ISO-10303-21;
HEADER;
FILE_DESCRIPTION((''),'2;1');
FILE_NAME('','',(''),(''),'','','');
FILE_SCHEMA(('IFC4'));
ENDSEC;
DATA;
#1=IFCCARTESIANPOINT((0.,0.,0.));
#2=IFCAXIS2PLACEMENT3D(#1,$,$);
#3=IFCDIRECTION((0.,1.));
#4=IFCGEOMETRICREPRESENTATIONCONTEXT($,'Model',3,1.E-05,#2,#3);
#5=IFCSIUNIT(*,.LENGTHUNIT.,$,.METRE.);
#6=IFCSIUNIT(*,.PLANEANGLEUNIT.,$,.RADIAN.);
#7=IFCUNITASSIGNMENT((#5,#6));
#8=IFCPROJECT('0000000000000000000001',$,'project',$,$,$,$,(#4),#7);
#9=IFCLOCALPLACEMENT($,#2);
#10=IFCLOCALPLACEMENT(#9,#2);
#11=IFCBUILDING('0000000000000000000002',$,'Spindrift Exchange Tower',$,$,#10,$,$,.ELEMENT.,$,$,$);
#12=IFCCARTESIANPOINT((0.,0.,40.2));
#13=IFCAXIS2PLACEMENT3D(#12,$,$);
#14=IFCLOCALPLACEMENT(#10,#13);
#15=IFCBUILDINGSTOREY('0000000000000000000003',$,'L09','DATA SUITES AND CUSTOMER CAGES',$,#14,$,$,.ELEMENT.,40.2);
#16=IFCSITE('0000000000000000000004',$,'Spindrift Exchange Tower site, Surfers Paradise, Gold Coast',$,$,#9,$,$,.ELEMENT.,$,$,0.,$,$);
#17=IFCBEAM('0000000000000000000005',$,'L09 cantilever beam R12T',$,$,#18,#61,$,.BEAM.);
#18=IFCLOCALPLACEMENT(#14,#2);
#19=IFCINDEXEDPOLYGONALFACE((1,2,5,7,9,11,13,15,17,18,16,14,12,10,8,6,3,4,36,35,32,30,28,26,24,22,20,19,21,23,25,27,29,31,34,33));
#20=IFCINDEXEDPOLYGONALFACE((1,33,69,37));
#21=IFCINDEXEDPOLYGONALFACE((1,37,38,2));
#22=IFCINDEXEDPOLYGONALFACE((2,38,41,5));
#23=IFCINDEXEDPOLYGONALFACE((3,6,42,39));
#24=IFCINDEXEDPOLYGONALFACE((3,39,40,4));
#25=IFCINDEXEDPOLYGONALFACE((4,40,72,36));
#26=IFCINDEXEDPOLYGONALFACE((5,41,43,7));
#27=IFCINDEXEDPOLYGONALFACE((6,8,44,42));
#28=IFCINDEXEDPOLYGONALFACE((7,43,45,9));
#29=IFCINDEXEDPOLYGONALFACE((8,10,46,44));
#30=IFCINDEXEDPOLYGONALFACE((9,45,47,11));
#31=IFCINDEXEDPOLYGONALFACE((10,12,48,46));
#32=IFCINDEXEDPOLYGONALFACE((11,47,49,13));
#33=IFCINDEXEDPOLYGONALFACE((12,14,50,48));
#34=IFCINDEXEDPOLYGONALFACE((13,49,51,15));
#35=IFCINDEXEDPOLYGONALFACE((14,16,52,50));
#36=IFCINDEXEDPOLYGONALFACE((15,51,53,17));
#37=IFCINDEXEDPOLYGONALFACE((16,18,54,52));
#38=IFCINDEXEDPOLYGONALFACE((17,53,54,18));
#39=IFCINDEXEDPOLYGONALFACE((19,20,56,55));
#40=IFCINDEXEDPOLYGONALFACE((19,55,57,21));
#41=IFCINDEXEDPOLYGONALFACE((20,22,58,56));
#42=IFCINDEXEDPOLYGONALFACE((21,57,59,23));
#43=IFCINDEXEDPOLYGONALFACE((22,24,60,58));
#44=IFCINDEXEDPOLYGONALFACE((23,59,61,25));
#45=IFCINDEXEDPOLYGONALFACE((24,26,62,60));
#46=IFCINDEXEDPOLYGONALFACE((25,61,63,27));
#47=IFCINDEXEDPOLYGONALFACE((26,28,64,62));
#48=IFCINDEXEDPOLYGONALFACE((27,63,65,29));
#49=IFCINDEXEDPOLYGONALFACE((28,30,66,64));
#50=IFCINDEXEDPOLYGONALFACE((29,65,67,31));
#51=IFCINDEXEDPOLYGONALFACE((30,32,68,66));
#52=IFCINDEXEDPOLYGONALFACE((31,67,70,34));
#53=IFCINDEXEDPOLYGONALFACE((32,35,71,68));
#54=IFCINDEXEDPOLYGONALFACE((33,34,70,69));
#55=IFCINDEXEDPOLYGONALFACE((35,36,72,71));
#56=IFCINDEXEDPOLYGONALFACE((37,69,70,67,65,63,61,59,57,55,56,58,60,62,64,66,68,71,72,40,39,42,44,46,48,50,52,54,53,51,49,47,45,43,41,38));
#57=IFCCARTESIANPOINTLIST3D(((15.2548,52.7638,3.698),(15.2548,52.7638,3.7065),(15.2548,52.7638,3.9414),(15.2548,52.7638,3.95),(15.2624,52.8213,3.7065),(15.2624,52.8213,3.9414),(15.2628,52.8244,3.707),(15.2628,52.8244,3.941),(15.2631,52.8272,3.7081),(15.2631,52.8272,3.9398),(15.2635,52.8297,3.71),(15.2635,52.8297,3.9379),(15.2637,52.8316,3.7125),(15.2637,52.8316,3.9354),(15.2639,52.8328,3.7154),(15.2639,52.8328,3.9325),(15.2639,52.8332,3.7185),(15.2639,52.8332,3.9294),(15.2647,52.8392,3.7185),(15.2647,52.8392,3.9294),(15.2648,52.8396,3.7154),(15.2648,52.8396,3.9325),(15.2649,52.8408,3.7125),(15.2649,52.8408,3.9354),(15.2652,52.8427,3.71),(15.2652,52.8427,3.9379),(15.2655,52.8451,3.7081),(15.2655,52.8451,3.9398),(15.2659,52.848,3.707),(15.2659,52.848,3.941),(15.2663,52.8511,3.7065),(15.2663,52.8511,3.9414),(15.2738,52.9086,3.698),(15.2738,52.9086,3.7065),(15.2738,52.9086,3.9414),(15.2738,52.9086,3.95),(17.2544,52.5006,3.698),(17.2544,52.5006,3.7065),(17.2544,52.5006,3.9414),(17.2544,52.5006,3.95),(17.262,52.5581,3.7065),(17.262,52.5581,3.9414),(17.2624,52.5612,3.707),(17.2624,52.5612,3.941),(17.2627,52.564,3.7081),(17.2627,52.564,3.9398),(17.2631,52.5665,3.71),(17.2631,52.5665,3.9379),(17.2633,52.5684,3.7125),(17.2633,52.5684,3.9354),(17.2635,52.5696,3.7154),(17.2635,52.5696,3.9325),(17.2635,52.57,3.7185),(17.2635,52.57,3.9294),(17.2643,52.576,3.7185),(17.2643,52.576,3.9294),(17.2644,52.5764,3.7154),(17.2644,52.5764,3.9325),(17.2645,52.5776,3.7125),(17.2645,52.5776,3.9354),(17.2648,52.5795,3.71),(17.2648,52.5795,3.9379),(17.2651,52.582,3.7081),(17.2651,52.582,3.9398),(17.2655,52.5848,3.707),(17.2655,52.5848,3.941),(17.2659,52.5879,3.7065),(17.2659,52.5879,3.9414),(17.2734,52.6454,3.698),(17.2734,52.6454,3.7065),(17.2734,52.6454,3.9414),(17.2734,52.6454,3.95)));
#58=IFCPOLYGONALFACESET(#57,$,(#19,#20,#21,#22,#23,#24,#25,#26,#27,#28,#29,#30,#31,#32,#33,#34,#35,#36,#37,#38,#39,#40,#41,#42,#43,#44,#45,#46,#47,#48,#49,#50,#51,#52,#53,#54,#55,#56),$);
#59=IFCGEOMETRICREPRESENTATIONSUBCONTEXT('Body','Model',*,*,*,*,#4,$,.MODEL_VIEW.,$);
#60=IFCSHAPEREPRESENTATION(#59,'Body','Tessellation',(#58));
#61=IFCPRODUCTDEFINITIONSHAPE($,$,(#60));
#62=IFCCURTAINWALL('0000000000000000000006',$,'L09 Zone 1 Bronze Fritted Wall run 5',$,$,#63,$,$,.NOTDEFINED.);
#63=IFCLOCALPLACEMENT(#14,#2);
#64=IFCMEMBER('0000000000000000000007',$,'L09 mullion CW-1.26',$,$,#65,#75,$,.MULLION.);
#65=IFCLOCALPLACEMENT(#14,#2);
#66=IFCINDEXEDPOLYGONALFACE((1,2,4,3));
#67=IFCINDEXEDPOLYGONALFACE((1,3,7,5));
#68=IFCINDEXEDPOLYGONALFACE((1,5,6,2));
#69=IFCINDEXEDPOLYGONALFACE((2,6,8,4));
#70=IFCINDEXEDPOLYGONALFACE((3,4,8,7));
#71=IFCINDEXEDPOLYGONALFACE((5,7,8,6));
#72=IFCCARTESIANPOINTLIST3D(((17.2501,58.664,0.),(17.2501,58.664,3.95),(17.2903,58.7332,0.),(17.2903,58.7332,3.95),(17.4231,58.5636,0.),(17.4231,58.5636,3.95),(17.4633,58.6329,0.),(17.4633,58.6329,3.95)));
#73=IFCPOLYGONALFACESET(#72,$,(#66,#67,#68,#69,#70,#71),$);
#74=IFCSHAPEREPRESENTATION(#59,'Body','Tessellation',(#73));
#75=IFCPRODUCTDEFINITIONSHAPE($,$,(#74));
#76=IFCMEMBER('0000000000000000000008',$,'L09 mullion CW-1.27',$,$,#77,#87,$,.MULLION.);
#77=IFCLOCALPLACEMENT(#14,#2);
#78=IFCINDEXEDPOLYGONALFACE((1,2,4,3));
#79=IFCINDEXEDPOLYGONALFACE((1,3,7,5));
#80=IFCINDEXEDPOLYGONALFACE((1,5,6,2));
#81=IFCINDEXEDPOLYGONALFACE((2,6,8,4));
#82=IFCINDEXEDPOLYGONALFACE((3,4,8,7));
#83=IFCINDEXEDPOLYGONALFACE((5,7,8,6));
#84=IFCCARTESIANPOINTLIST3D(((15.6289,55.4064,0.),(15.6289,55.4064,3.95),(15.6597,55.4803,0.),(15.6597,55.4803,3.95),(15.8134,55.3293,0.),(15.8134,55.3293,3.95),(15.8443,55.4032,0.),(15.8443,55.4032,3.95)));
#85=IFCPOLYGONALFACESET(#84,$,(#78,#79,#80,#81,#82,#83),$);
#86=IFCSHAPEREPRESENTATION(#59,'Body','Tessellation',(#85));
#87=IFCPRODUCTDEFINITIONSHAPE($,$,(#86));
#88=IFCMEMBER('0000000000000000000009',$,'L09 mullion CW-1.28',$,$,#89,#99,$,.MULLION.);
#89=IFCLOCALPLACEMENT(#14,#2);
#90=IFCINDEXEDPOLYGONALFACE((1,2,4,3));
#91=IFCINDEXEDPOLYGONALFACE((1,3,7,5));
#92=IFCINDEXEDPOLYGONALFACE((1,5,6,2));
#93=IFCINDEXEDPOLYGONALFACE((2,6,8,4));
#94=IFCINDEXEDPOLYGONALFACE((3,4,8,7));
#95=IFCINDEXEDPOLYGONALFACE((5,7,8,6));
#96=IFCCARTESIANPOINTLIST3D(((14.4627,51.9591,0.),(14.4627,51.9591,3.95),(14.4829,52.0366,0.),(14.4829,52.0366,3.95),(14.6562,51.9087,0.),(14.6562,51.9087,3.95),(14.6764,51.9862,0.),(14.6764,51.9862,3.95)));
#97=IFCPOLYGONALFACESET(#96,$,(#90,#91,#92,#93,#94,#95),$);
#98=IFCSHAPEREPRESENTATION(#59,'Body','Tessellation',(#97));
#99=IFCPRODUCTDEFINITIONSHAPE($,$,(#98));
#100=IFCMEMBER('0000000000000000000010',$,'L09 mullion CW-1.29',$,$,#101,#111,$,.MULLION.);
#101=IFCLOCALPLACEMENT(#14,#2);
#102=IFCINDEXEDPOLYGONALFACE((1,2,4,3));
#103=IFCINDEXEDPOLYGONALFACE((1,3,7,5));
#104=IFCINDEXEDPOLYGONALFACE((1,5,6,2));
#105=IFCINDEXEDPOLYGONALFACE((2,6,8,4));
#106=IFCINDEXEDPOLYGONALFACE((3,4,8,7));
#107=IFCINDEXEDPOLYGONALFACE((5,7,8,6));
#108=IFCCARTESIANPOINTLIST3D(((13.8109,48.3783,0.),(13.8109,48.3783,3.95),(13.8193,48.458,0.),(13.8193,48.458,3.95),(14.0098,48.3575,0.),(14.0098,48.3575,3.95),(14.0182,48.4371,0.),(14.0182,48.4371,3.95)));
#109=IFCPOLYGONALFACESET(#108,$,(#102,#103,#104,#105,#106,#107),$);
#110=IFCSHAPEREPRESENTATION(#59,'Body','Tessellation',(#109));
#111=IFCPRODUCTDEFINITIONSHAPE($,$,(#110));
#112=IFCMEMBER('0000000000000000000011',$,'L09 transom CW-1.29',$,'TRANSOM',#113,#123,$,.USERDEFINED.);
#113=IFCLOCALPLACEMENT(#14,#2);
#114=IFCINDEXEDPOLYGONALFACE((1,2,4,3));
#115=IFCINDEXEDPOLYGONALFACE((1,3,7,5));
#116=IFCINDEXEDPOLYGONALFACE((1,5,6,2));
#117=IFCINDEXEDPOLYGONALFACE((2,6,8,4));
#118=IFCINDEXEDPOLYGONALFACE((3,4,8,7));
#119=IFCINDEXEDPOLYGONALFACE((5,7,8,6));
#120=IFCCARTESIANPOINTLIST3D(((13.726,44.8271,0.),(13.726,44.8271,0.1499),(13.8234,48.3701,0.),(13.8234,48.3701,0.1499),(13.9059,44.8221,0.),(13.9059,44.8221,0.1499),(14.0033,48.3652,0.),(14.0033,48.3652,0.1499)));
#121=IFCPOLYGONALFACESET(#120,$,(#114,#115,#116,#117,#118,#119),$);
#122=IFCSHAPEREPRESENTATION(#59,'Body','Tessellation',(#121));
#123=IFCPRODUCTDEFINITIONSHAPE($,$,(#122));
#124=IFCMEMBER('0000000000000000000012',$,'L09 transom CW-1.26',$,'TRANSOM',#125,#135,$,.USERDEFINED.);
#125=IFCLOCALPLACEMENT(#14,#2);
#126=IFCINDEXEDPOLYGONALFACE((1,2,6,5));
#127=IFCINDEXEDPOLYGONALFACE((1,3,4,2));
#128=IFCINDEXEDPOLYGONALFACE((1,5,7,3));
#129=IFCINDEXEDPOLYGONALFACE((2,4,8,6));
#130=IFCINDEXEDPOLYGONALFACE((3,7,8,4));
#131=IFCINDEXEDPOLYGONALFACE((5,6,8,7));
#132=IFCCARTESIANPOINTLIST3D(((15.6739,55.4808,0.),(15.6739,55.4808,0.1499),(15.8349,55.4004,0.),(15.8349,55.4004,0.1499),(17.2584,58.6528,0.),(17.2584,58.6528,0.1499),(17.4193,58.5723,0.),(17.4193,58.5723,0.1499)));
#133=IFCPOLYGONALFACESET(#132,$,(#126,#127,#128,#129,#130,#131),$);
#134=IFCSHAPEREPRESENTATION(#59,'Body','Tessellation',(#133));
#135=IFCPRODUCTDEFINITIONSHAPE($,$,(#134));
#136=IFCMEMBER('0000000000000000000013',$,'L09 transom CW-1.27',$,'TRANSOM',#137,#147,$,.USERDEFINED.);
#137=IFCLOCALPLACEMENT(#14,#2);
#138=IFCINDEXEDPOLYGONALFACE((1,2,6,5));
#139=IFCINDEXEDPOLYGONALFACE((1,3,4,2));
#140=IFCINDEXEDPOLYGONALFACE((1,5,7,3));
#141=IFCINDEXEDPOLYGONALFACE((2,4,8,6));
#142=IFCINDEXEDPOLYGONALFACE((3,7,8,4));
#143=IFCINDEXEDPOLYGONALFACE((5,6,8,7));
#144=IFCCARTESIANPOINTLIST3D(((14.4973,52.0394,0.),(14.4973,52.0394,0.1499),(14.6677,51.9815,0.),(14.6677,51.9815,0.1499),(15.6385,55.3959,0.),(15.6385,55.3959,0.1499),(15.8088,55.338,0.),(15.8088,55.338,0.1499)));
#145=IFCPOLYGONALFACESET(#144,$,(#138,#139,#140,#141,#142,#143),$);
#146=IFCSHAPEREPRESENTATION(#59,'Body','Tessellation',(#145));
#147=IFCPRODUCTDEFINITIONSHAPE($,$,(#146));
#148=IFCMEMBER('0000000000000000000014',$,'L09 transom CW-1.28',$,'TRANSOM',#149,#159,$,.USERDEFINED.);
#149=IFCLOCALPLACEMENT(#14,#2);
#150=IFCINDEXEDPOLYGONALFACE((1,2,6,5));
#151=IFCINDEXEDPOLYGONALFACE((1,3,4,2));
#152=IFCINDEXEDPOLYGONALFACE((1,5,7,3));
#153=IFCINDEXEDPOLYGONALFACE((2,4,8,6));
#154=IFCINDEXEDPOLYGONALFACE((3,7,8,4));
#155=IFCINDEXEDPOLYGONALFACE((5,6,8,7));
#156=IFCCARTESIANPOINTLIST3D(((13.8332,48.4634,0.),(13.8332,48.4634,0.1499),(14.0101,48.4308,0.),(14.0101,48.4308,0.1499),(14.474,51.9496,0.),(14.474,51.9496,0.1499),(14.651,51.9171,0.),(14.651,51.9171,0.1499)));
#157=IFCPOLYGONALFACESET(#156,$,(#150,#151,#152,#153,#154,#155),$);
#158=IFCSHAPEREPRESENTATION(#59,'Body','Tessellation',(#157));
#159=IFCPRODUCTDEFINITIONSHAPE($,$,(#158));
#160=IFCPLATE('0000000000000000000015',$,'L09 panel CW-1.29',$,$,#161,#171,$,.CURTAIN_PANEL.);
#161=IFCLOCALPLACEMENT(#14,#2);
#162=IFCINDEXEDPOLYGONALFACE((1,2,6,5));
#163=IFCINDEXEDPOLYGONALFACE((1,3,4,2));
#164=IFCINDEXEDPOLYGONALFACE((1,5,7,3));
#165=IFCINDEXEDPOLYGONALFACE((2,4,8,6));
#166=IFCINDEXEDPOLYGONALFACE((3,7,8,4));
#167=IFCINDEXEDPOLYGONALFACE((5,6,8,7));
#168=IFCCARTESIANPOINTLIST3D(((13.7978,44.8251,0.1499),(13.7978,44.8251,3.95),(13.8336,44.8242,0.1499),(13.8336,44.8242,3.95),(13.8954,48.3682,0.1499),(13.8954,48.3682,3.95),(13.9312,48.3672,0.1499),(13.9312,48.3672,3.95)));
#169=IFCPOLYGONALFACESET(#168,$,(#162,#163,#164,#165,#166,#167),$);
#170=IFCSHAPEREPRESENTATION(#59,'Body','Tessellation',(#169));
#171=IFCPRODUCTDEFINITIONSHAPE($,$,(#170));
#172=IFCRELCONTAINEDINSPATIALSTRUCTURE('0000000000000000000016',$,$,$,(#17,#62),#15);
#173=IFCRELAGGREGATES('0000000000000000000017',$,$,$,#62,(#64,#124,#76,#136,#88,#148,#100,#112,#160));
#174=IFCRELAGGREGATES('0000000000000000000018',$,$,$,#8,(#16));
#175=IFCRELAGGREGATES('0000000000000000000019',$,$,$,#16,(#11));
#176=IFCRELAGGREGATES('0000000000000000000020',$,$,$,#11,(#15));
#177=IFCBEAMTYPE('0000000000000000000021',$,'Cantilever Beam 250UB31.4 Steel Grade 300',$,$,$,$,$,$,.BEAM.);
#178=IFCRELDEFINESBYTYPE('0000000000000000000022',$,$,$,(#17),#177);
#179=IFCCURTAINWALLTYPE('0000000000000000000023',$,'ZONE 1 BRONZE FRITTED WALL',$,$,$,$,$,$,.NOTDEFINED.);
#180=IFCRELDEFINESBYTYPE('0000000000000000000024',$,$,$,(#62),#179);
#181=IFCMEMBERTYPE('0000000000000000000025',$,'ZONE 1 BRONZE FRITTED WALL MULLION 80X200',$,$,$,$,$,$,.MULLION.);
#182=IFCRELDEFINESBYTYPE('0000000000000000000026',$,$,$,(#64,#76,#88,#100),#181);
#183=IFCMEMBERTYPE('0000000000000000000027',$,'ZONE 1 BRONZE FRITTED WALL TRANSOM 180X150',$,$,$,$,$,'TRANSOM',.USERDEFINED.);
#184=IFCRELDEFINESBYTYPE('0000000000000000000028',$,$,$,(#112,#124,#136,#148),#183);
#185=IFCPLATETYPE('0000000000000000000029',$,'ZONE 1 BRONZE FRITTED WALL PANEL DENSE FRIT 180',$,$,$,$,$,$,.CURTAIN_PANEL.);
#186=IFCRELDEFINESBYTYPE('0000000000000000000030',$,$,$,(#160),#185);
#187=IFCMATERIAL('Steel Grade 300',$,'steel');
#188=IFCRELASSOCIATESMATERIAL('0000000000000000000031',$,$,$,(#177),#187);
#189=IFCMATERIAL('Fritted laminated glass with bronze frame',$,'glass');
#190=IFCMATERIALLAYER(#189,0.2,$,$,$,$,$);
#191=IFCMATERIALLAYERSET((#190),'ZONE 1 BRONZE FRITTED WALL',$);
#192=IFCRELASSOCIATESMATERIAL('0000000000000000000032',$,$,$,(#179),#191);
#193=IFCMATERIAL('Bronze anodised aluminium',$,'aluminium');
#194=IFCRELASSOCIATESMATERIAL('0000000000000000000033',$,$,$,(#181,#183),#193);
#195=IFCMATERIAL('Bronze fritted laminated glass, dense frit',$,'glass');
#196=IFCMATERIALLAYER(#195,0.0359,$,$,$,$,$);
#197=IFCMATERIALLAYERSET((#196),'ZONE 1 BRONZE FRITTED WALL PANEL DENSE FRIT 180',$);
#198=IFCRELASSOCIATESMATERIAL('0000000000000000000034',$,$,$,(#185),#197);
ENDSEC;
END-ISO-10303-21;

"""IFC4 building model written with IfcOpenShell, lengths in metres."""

from ifc_helpers import new_model, si_unit, direction, frame, origin, origin_2d, place, context, subcontext, project, spatial, rectangle, i_section, extrude, source, transform, mapped, material, layer, layer_set, material_profile, profile_set, type_object, element, aggregate, save


model = new_model("IFC4")

# Units and contexts
model_context = context("Model", 3, precision=1e-05, world=origin(), true_north=direction((0.0, 1.0)))
body_context = subcontext(model_context, "Body", "Model", "MODEL_VIEW")
ifc_project = project(units=[si_unit("LENGTHUNIT", "METRE"), si_unit("PLANEANGLEUNIT", "RADIAN")], contexts=[model_context])

# Site, building, storey
site_placement = place(None, origin())
site = spatial("IfcSite", under=ifc_project, at=site_placement, Name="Spindrift Exchange Tower site, Surfers Paradise, Gold Coast", CompositionType="ELEMENT", RefElevation=0.0)
building_placement = place(site_placement, origin())
building = spatial("IfcBuilding", under=site, at=building_placement, Name="Spindrift Exchange Tower", CompositionType="ELEMENT")
storey_placement = place(building_placement, frame((0.0, 0.0, 40.2)))
storey = spatial("IfcBuildingStorey", under=building, at=storey_placement, Name="L09", Description="DATA SUITES AND CUSTOMER CAGES", CompositionType="ELEMENT", Elevation=40.2)

# Beam
ifc_material_1 = material(Name="Steel Grade 300", Category="steel")
ifc_material_profile_1 = material_profile(ifc_material_1, i_section(OverallWidth=0.146, OverallDepth=0.252, WebThickness=0.0061, FlangeThickness=0.0085, FilletRadius=0.012, at=origin_2d()), Name="250UB31.4")
ifc_profile_set_1 = profile_set([ifc_material_profile_1], Name="Steel Grade 300")
beam_type_1 = type_object("IfcBeamType", Name="Cantilever Beam 250UB31.4 Steel Grade 300", PredefinedType="BEAM", material=ifc_profile_set_1)
shared_shape_1 = source(origin(), body_context, "Body", "SweptSolid", [
    extrude(i_section(OverallWidth=0.146, OverallDepth=0.252, WebThickness=0.0061, FlangeThickness=0.0085, FilletRadius=0.012, at=origin_2d()), origin(), (0.0, 0.0, 1.0), 2.0168),
])
beam_1_placement = place(storey_placement, frame((17.2639, 52.573, 3.824), z_axis=(-0.991449, 0.130498, 0.0), x_axis=(-0.130498, -0.991449, 0.0)))
element("IfcBeam", 1, at=beam_1_placement, inside=storey, type_object=beam_type_1, Name="L09 cantilever beam R12T", PredefinedType="BEAM", context=body_context, shape_type="MappedRepresentation", body=[
    mapped(shared_shape_1, transform((0.0, 0.0, 0.0), scale=1.0)),
])

# Curtain wall, members, plate
ifc_material_2 = material(Name="Fritted laminated glass with bronze frame", Category="glass")
ifc_layer_1 = layer(ifc_material_2, 0.2)
ifc_layer_set_1 = layer_set([ifc_layer_1], Name="ZONE 1 BRONZE FRITTED WALL")
curtain_wall_type = type_object("IfcCurtainWallType", Name="ZONE 1 BRONZE FRITTED WALL", PredefinedType="NOTDEFINED", material=ifc_layer_set_1)
curtain_wall_placement = place(storey_placement, origin())
curtain_wall = element("IfcCurtainWall", 2, at=curtain_wall_placement, inside=storey, type_object=curtain_wall_type, Name="L09 Zone 1 Bronze Fritted Wall run 5", PredefinedType="NOTDEFINED")
ifc_material_3 = material(Name="Bronze anodised aluminium", Category="aluminium")
ifc_material_profile_2 = material_profile(ifc_material_3, rectangle(XDim=0.0801, YDim=0.2, at=origin_2d()), Name="ZONE 1 BRONZE FRITTED WALL MULLION 80X200")
ifc_profile_set_2 = profile_set([ifc_material_profile_2], Name="Bronze anodised aluminium")
member_type_1 = type_object("IfcMemberType", Name="ZONE 1 BRONZE FRITTED WALL MULLION 80X200", PredefinedType="MULLION", material=ifc_profile_set_2)
shared_shape_2 = source(origin(), body_context, "Body", "SweptSolid", [
    extrude(rectangle(XDim=0.0801, YDim=0.2, at=origin_2d()), origin(), (0.0, 0.0, 1.0), 3.95),
])
member_1_placement = place(storey_placement, frame((17.3567, 58.6484, 0.0), z_axis=(0.0, 0.0, 1.0), x_axis=(-0.501746, -0.865015, 0.0)))
member_1 = element("IfcMember", 3, at=member_1_placement, type_object=member_type_1, Name="L09 mullion CW-1.26", PredefinedType="MULLION", context=body_context, shape_type="MappedRepresentation", body=[
    mapped(shared_shape_2, transform((0.0, 0.0, 0.0), scale=1.0)),
])
member_2_placement = place(storey_placement, frame((15.7366, 55.4048, 0.0), z_axis=(0.0, 0.0, 1.0), x_axis=(-0.385261, -0.922808, 0.0)))
member_2 = element("IfcMember", 4, at=member_2_placement, type_object=member_type_1, Name="L09 mullion CW-1.27", PredefinedType="MULLION", context=body_context, shape_type="MappedRepresentation", body=[
    mapped(shared_shape_2, transform((0.0, 0.0, 0.0), scale=1.0)),
])
member_3_placement = place(storey_placement, frame((14.5696, 51.9727, 0.0), z_axis=(0.0, 0.0, 1.0), x_axis=(-0.251979, -0.967733, 0.0)))
member_3 = element("IfcMember", 5, at=member_3_placement, type_object=member_type_1, Name="L09 mullion CW-1.28", PredefinedType="MULLION", context=body_context, shape_type="MappedRepresentation", body=[
    mapped(shared_shape_2, transform((0.0, 0.0, 0.0), scale=1.0)),
])
member_4_placement = place(storey_placement, frame((13.9146, 48.4077, 0.0), z_axis=(0.0, 0.0, 1.0), x_axis=(-0.104458, -0.994529, 0.0)))
member_4 = element("IfcMember", 6, at=member_4_placement, type_object=member_type_1, Name="L09 mullion CW-1.29", PredefinedType="MULLION", context=body_context, shape_type="MappedRepresentation", body=[
    mapped(shared_shape_2, transform((0.0, 0.0, 0.0), scale=1.0)),
])
ifc_material_profile_3 = material_profile(ifc_material_3, rectangle(XDim=0.1799, YDim=0.1499, at=origin_2d()), Name="ZONE 1 BRONZE FRITTED WALL TRANSOM 180X150")
ifc_profile_set_3 = profile_set([ifc_material_profile_3], Name="Bronze anodised aluminium")
member_type_2 = type_object("IfcMemberType", Name="ZONE 1 BRONZE FRITTED WALL TRANSOM 180X150", ElementType="TRANSOM", PredefinedType="USERDEFINED", material=ifc_profile_set_3)
shared_shape_3 = source(origin(), body_context, "Body", "SweptSolid", [
    extrude(rectangle(XDim=0.1799, YDim=0.1499, at=origin_2d()), origin(), (0.0, 0.0, 1.0), 3.5444),
])
member_5_placement = place(storey_placement, frame((13.9133, 48.3677, 0.075), z_axis=(-0.027482, -0.999622, 0.0), x_axis=(0.999622, -0.027482, 0.0)))
member_5 = element("IfcMember", 7, at=member_5_placement, type_object=member_type_2, Name="L09 transom CW-1.29", ObjectType="TRANSOM", PredefinedType="USERDEFINED", context=body_context, shape_type="MappedRepresentation", body=[
    mapped(shared_shape_3, transform((0.0, 0.0, 0.0), scale=1.0)),
])
shared_shape_4 = source(origin(), body_context, "Body", "SweptSolid", [
    extrude(rectangle(XDim=0.1799, YDim=0.1499, at=origin_2d()), origin(), (0.0, 0.0, 1.0), 3.5457),
])
member_6_placement = place(storey_placement, frame((17.3389, 58.6125, 0.075), z_axis=(-0.446883, -0.894592, 0.0), x_axis=(0.894592, -0.446883, 0.0)))
member_6 = element("IfcMember", 8, at=member_6_placement, type_object=member_type_2, Name="L09 transom CW-1.26", ObjectType="TRANSOM", PredefinedType="USERDEFINED", context=body_context, shape_type="MappedRepresentation", body=[
    mapped(shared_shape_4, transform((0.0, 0.0, 0.0), scale=1.0)),
])
shared_shape_5 = source(origin(), body_context, "Body", "SweptSolid", [
    extrude(rectangle(XDim=0.1799, YDim=0.1499, at=origin_2d()), origin(), (0.0, 0.0, 1.0), 3.5452),
])
member_7_placement = place(storey_placement, frame((15.7236, 55.3669, 0.075), z_axis=(-0.321883, -0.946779, 0.0), x_axis=(0.946779, -0.321883, 0.0)))
member_7 = element("IfcMember", 9, at=member_7_placement, type_object=member_type_2, Name="L09 transom CW-1.27", ObjectType="TRANSOM", PredefinedType="USERDEFINED", context=body_context, shape_type="MappedRepresentation", body=[
    mapped(shared_shape_5, transform((0.0, 0.0, 0.0), scale=1.0)),
])
shared_shape_6 = source(origin(), body_context, "Body", "SweptSolid", [
    extrude(rectangle(XDim=0.1799, YDim=0.1499, at=origin_2d()), origin(), (0.0, 0.0, 1.0), 3.5447),
])
member_8_placement = place(storey_placement, frame((14.5625, 51.9333, 0.075), z_axis=(-0.180794, -0.983521, 0.0), x_axis=(0.983521, -0.180794, 0.0)))
member_8 = element("IfcMember", 10, at=member_8_placement, type_object=member_type_2, Name="L09 transom CW-1.28", ObjectType="TRANSOM", PredefinedType="USERDEFINED", context=body_context, shape_type="MappedRepresentation", body=[
    mapped(shared_shape_6, transform((0.0, 0.0, 0.0), scale=1.0)),
])
ifc_material_4 = material(Name="Bronze fritted laminated glass, dense frit", Category="glass")
ifc_layer_2 = layer(ifc_material_4, 0.0359)
ifc_layer_set_2 = layer_set([ifc_layer_2], Name="ZONE 1 BRONZE FRITTED WALL PANEL DENSE FRIT 180")
plate_type_1 = type_object("IfcPlateType", Name="ZONE 1 BRONZE FRITTED WALL PANEL DENSE FRIT 180", PredefinedType="CURTAIN_PANEL", material=ifc_layer_set_2)
shared_shape_7 = source(origin(), body_context, "Body", "SweptSolid", [
    extrude(rectangle(XDim=3.5444, YDim=0.0359, at=origin_2d()), origin(), (0.0, 0.0, 1.0), 3.8),
])
plate_1_placement = place(storey_placement, frame((13.8645, 46.5962, 0.1499), z_axis=(0.0, 0.0, 1.0), x_axis=(-0.027534, -0.999621, 0.0)))
plate_1 = element("IfcPlate", 11, at=plate_1_placement, type_object=plate_type_1, Name="L09 panel CW-1.29", PredefinedType="CURTAIN_PANEL", context=body_context, shape_type="MappedRepresentation", body=[
    mapped(shared_shape_7, transform((0.0, 0.0, 0.0), scale=1.0)),
])
aggregate(curtain_wall, [member_1, member_6, member_2, member_7, member_3, member_8, member_4, member_5, plate_1])

save(model, "model.ifc")
